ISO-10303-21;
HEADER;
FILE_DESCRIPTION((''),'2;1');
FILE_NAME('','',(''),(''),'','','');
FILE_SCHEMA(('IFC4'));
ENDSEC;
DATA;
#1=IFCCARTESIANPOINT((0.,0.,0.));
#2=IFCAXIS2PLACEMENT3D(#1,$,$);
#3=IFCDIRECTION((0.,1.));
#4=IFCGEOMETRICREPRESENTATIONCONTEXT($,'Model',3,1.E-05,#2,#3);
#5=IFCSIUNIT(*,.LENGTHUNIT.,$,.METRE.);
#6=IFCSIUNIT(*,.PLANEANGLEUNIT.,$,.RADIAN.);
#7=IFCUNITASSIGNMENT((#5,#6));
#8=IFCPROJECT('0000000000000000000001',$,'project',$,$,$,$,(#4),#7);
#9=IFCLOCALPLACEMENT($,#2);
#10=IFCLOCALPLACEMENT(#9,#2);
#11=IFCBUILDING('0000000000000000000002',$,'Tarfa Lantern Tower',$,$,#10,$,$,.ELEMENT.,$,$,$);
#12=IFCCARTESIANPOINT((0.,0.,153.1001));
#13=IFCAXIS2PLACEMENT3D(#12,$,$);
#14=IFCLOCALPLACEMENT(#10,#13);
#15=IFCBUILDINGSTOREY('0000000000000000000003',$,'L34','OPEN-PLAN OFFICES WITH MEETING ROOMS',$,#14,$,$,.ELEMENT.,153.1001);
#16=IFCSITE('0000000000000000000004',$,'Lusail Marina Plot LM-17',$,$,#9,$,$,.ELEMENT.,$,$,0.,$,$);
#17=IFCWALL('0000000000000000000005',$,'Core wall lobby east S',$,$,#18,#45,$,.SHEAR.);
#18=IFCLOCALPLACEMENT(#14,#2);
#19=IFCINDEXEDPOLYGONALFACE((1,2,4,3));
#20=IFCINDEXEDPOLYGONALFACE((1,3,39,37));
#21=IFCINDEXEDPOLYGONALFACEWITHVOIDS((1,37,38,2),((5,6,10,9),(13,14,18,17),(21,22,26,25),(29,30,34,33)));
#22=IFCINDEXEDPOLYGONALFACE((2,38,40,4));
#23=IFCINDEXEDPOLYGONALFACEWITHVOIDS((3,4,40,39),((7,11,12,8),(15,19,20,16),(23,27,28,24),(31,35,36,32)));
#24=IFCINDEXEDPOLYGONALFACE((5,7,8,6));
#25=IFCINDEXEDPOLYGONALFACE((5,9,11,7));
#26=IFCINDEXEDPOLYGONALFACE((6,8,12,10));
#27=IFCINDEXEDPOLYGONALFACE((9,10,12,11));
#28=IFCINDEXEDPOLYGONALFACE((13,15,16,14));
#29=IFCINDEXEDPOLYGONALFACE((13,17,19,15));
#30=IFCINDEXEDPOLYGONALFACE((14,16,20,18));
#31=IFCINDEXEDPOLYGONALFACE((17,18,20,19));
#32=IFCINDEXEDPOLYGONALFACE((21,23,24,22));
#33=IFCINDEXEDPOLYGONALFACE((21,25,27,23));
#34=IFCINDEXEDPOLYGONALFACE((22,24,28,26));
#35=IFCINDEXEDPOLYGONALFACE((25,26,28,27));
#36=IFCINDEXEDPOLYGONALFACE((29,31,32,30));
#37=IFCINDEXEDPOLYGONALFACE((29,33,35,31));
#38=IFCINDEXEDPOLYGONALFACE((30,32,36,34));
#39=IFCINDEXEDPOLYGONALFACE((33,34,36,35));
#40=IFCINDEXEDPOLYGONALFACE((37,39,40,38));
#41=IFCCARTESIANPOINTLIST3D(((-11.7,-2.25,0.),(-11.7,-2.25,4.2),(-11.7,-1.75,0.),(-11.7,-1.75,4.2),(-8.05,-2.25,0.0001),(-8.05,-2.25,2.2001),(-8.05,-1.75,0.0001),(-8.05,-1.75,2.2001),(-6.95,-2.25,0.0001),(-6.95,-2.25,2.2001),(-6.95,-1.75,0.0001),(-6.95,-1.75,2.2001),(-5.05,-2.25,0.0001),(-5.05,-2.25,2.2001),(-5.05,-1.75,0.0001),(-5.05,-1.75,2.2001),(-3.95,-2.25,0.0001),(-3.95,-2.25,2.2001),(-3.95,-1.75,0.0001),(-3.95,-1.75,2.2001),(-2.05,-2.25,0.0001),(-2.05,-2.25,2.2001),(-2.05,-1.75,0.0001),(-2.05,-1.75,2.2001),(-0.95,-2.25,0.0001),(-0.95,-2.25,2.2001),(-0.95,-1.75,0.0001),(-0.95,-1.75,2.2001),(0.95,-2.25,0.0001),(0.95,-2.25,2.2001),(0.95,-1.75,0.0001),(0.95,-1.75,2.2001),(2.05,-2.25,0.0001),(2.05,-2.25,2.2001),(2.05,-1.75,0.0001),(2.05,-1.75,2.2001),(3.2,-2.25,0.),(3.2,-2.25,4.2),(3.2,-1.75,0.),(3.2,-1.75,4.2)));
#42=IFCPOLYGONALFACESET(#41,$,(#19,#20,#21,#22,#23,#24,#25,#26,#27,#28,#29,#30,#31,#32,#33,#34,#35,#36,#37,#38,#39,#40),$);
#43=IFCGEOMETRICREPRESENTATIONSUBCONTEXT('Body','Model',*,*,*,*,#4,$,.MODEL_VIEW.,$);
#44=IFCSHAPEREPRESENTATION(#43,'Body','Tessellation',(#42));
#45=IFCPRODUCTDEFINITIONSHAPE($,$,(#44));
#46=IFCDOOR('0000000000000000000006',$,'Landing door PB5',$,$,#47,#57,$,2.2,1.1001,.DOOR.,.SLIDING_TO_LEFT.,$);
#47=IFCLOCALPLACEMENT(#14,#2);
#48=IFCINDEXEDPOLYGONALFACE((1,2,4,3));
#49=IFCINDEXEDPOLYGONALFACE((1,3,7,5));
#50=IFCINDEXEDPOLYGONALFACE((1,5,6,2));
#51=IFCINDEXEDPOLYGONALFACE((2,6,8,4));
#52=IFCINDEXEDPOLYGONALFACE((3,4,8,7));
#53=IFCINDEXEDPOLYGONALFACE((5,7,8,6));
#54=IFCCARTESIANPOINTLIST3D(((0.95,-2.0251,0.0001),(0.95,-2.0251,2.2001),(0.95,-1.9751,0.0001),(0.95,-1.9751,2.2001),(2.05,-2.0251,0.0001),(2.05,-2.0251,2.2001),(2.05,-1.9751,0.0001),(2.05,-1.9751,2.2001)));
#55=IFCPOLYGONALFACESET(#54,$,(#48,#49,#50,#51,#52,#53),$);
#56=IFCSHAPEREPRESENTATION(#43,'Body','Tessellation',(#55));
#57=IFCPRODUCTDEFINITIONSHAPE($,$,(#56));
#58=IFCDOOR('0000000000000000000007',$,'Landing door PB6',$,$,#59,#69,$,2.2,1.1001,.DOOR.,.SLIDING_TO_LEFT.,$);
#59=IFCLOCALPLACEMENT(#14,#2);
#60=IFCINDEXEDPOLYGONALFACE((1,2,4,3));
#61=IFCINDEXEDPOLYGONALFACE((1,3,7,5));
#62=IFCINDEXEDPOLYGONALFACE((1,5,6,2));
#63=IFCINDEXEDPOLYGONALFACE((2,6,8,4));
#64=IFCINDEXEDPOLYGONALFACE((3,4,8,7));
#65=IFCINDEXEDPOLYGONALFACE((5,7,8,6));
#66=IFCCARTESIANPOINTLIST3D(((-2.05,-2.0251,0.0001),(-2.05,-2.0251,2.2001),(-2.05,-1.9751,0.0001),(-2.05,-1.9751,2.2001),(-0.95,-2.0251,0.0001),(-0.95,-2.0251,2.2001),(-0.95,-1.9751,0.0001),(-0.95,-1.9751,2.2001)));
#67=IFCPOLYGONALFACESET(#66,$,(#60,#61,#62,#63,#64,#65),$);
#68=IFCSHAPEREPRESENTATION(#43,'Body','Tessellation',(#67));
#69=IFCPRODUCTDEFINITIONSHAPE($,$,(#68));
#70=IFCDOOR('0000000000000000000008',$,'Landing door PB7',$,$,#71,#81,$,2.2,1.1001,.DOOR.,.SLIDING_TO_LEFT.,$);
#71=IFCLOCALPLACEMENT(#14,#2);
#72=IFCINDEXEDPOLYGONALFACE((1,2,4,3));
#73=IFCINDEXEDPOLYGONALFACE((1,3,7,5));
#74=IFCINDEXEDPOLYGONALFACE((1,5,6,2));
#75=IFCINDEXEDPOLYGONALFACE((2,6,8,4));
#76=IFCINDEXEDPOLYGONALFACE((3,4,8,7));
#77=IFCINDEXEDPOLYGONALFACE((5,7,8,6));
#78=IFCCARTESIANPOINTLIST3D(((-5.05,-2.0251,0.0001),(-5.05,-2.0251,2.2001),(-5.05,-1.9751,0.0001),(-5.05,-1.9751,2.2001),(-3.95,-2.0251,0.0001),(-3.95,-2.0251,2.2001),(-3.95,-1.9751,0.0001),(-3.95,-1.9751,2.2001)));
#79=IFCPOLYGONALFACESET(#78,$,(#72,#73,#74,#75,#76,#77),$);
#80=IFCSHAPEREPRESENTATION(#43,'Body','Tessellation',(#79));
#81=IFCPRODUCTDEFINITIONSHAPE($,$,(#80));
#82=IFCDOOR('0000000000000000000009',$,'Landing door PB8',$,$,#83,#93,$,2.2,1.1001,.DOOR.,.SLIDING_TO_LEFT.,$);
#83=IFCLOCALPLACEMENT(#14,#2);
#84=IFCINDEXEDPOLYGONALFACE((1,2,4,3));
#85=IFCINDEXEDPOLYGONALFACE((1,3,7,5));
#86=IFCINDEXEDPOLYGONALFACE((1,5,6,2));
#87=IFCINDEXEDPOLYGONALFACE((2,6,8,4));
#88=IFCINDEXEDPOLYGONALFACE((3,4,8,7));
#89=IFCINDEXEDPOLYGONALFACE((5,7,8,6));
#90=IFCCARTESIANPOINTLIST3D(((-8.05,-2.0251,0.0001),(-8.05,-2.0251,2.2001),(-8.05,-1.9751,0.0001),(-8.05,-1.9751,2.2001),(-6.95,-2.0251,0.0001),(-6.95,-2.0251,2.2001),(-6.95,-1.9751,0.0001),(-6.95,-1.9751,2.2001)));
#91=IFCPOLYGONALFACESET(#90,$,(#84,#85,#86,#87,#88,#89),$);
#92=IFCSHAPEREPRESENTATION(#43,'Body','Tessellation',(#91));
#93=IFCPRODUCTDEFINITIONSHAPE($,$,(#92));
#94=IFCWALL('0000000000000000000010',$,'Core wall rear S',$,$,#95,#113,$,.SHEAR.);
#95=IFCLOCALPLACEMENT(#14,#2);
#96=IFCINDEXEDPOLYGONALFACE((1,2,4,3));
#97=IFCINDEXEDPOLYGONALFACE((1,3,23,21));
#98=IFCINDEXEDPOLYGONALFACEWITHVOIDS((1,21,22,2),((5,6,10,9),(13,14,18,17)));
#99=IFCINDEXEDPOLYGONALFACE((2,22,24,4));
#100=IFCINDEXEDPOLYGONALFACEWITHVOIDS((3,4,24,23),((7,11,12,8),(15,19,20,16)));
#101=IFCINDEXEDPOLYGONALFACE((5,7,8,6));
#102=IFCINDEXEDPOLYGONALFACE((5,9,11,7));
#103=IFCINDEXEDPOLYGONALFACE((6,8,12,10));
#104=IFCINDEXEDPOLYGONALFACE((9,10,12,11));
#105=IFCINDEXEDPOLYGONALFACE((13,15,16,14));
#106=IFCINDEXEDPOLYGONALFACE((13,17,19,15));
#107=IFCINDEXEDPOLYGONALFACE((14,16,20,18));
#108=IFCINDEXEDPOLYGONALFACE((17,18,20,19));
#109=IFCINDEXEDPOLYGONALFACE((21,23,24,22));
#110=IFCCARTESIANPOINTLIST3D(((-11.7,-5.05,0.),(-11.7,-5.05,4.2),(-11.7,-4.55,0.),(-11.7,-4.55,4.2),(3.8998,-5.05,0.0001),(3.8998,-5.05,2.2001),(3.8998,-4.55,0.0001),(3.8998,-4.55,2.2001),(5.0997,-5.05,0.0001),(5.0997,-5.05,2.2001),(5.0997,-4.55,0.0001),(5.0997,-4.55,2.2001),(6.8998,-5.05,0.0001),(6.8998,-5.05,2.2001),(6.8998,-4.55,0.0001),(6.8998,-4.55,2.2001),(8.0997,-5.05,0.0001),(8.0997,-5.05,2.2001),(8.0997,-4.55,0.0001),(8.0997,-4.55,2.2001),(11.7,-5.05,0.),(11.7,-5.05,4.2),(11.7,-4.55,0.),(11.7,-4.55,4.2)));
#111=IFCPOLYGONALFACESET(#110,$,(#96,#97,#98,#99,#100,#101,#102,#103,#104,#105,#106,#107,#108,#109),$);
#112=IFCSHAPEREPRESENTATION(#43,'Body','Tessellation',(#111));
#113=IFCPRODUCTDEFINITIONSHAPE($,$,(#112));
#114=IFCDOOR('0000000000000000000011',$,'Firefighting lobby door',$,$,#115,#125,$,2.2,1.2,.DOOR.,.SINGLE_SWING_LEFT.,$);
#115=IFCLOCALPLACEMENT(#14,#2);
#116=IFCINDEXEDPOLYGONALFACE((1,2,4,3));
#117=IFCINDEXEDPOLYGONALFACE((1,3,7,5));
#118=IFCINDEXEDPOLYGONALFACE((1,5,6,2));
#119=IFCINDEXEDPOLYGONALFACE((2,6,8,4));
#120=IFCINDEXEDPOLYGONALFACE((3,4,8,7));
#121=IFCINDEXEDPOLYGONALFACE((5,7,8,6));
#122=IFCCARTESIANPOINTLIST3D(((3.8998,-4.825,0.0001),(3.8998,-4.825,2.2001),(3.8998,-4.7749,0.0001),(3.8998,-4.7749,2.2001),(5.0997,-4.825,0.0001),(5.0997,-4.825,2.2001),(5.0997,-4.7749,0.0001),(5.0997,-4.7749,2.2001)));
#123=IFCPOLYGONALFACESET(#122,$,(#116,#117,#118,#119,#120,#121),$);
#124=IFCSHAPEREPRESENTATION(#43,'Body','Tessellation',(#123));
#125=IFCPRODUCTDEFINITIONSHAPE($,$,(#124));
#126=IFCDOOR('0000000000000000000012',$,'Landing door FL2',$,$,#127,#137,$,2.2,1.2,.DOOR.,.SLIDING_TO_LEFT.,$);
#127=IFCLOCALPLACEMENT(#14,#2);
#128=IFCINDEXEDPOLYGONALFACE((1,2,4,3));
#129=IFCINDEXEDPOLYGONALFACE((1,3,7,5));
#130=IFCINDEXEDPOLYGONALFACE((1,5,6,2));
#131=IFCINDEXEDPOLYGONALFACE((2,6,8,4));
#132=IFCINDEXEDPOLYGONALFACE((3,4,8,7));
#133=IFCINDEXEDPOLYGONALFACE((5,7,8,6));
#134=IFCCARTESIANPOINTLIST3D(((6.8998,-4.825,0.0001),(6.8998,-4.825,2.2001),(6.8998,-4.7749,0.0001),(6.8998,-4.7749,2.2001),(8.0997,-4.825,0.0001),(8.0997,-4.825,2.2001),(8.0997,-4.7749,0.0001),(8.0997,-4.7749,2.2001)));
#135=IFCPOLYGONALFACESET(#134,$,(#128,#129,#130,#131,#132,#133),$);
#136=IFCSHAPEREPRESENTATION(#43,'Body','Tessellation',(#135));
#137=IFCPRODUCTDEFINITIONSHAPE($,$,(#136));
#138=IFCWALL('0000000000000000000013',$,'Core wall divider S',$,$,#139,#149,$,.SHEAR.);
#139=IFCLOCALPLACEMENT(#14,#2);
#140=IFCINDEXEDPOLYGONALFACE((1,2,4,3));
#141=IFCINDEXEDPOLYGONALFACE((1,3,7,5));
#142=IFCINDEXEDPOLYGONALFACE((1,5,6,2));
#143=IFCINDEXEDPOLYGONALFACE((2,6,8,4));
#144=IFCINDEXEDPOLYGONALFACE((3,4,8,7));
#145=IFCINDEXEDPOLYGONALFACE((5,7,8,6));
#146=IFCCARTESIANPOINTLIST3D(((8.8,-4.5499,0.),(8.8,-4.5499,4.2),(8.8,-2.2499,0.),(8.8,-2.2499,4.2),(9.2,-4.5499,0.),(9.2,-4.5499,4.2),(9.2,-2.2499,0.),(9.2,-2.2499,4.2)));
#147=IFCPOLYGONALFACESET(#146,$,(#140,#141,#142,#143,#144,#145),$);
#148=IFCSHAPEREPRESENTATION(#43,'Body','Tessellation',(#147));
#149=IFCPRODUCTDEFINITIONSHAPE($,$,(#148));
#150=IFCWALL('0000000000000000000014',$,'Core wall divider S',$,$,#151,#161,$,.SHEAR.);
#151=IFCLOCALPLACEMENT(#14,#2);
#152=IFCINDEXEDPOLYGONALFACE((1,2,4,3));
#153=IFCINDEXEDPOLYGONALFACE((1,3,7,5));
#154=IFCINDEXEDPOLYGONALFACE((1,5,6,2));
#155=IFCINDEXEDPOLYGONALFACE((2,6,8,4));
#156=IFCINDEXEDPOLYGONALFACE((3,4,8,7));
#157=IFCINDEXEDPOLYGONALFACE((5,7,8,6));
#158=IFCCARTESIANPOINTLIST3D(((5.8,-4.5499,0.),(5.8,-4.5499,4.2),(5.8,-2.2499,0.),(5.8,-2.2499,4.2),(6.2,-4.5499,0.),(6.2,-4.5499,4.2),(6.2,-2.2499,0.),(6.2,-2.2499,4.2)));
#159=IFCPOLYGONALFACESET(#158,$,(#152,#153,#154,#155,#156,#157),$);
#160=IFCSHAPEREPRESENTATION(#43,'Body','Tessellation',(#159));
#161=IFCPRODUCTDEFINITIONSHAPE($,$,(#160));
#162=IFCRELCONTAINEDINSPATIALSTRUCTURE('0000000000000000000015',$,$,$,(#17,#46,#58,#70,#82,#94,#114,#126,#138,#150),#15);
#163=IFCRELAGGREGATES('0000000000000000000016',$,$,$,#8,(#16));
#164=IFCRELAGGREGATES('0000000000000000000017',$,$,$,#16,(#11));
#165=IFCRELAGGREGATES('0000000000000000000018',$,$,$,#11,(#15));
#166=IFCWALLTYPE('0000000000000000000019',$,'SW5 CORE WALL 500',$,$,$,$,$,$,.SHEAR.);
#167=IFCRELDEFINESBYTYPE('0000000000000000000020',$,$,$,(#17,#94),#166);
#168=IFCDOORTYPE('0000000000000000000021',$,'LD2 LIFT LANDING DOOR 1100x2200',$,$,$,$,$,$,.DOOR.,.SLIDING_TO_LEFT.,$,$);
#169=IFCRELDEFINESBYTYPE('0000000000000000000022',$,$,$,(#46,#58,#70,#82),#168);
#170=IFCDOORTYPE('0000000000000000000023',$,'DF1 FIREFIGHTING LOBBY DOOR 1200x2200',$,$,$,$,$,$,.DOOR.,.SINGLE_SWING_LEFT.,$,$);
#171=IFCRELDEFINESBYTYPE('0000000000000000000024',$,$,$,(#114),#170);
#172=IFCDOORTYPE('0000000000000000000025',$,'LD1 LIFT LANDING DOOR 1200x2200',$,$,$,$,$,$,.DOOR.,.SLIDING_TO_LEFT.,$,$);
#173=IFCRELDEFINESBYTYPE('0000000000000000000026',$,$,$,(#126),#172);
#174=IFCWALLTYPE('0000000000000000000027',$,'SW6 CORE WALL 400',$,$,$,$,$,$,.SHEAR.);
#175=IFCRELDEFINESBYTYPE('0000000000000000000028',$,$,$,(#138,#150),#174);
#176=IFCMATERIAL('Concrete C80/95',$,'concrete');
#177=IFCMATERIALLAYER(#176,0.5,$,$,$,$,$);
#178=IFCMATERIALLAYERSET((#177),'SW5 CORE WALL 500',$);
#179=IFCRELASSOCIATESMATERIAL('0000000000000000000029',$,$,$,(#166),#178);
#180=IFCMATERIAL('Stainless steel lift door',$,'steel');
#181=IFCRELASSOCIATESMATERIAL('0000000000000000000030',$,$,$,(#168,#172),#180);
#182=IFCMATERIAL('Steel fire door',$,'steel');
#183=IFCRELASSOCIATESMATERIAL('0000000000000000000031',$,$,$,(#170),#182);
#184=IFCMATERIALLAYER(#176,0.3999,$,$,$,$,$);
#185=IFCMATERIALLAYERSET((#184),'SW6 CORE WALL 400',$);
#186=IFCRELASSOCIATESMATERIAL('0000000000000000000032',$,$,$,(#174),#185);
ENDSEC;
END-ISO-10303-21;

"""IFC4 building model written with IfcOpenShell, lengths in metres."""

from ifc_helpers import new_model, si_unit, direction, frame, frame_2d, origin, place, context, subcontext, project, spatial, rectangle, extrude, material, layer, layer_set, type_object, element, fill, save


model = new_model("IFC4")

# Units and contexts
model_context = context("Model", 3, precision=1e-05, world=origin(), true_north=direction((0.0, 1.0)))
body_context = subcontext(model_context, "Body", "Model", "MODEL_VIEW")
ifc_project = project(units=[si_unit("LENGTHUNIT", "METRE"), si_unit("PLANEANGLEUNIT", "RADIAN")], contexts=[model_context])

# Site, building, storey
site_placement = place(None, origin())
site = spatial("IfcSite", under=ifc_project, at=site_placement, Name="Lusail Marina Plot LM-17", CompositionType="ELEMENT", RefElevation=0.0)
building_placement = place(site_placement, origin())
building = spatial("IfcBuilding", under=site, at=building_placement, Name="Tarfa Lantern Tower", CompositionType="ELEMENT")
storey_placement = place(building_placement, frame((0.0, 0.0, 153.1001)))
storey = spatial("IfcBuildingStorey", under=building, at=storey_placement, Name="L34", Description="OPEN-PLAN OFFICES WITH MEETING ROOMS", CompositionType="ELEMENT", Elevation=153.1001)

# Shared definitions
ifc_material_1 = material(Name="Concrete C80/95", Category="concrete")

# Shared definitions
ifc_material_2 = material(Name="Steel fire door", Category="steel")

# Shared definitions
ifc_layer_1 = layer(ifc_material_1, 0.5)
ifc_layer_set_1 = layer_set([ifc_layer_1], Name="SW5 CORE WALL 500")
wall_type_1 = type_object("IfcWallType", Name="SW5 CORE WALL 500", PredefinedType="SHEAR", material=ifc_layer_set_1)

# Walls, openings, doors
wall_1_placement = place(storey_placement, frame((3.2, -2.0, 0.0), z_axis=(0.0, 0.0, 1.0), x_axis=(-1.0, 0.0, 0.0)))
wall_1 = element("IfcWall", 1, at=wall_1_placement, inside=storey, type_object=wall_type_1, Name="Core wall lobby east S", PredefinedType="SHEAR", context=body_context, shape_type="SweptSolid", body=[
    extrude(rectangle(XDim=14.8999, YDim=0.5, at=frame_2d((7.45, 0.0))), origin(), (0.0, 0.0, 1.0), 4.2),
])
opening_1_placement = place(wall_1_placement, frame((1.1499, 0.0, 0.0)))
opening_1 = element("IfcOpeningElement", 2, at=opening_1_placement, cuts=wall_1, PredefinedType="OPENING", context=body_context, shape_type="SweptSolid", body=[
    extrude(rectangle(XDim=1.1001, YDim=2.2, at=frame_2d((0.55, 1.1001))), frame((0.0, 0.26, 0.0), z_axis=(0.0, -1.0, 0.0), x_axis=(1.0, 0.0, 0.0)), (0.0, 0.0, 1.0), 0.52),
])
opening_2_placement = place(wall_1_placement, frame((4.1499, 0.0, 0.0)))
opening_2 = element("IfcOpeningElement", 3, at=opening_2_placement, cuts=wall_1, PredefinedType="OPENING", context=body_context, shape_type="SweptSolid", body=[
    extrude(rectangle(XDim=1.1001, YDim=2.2, at=frame_2d((0.55, 1.1001))), frame((0.0, 0.26, 0.0), z_axis=(0.0, -1.0, 0.0), x_axis=(1.0, 0.0, 0.0)), (0.0, 0.0, 1.0), 0.52),
])
opening_3_placement = place(wall_1_placement, frame((7.1499, 0.0, 0.0)))
opening_3 = element("IfcOpeningElement", 4, at=opening_3_placement, cuts=wall_1, PredefinedType="OPENING", context=body_context, shape_type="SweptSolid", body=[
    extrude(rectangle(XDim=1.1001, YDim=2.2, at=frame_2d((0.55, 1.1001))), frame((0.0, 0.26, 0.0), z_axis=(0.0, -1.0, 0.0), x_axis=(1.0, 0.0, 0.0)), (0.0, 0.0, 1.0), 0.52),
])
opening_4_placement = place(wall_1_placement, frame((10.1499, 0.0, 0.0)))
opening_4 = element("IfcOpeningElement", 5, at=opening_4_placement, cuts=wall_1, PredefinedType="OPENING", context=body_context, shape_type="SweptSolid", body=[
    extrude(rectangle(XDim=1.1001, YDim=2.2, at=frame_2d((0.55, 1.1001))), frame((0.0, 0.26, 0.0), z_axis=(0.0, -1.0, 0.0), x_axis=(1.0, 0.0, 0.0)), (0.0, 0.0, 1.0), 0.52),
])
ifc_material_3 = material(Name="Stainless steel lift door", Category="steel")
door_type_1 = type_object("IfcDoorType", Name="LD2 LIFT LANDING DOOR 1100x2200", OperationType="SLIDING_TO_LEFT", PredefinedType="DOOR", material=ifc_material_3)
door_1_placement = place(opening_1_placement, frame((1.1001, 0.0, 0.0), z_axis=(0.0, 0.0, 1.0), x_axis=(-1.0, 0.0, 0.0)))
door_1 = element("IfcDoor", 6, at=door_1_placement, inside=storey, type_object=door_type_1, Name="Landing door PB5", OperationType="SLIDING_TO_LEFT", OverallHeight=2.2, OverallWidth=1.1001, PredefinedType="DOOR", context=body_context, shape_type="SweptSolid", body=[
    extrude(rectangle(XDim=1.1001, YDim=2.2, at=frame_2d((0.55, 1.1001))), frame((0.0, 0.0249, 0.0), z_axis=(0.0, -1.0, 0.0), x_axis=(1.0, 0.0, 0.0)), (0.0, 0.0, 1.0), 0.05),
])
fill(opening_1, door_1)
door_2_placement = place(opening_2_placement, frame((1.1001, 0.0, 0.0), z_axis=(0.0, 0.0, 1.0), x_axis=(-1.0, 0.0, 0.0)))
door_2 = element("IfcDoor", 7, at=door_2_placement, inside=storey, type_object=door_type_1, Name="Landing door PB6", OperationType="SLIDING_TO_LEFT", OverallHeight=2.2, OverallWidth=1.1001, PredefinedType="DOOR", context=body_context, shape_type="SweptSolid", body=[
    extrude(rectangle(XDim=1.1001, YDim=2.2, at=frame_2d((0.55, 1.1001))), frame((0.0, 0.0249, 0.0), z_axis=(0.0, -1.0, 0.0), x_axis=(1.0, 0.0, 0.0)), (0.0, 0.0, 1.0), 0.05),
])
fill(opening_2, door_2)
door_3_placement = place(opening_3_placement, frame((1.1001, 0.0, 0.0), z_axis=(0.0, 0.0, 1.0), x_axis=(-1.0, 0.0, 0.0)))
door_3 = element("IfcDoor", 8, at=door_3_placement, inside=storey, type_object=door_type_1, Name="Landing door PB7", OperationType="SLIDING_TO_LEFT", OverallHeight=2.2, OverallWidth=1.1001, PredefinedType="DOOR", context=body_context, shape_type="SweptSolid", body=[
    extrude(rectangle(XDim=1.1001, YDim=2.2, at=frame_2d((0.55, 1.1001))), frame((0.0, 0.0249, 0.0), z_axis=(0.0, -1.0, 0.0), x_axis=(1.0, 0.0, 0.0)), (0.0, 0.0, 1.0), 0.05),
])
fill(opening_3, door_3)
door_4_placement = place(opening_4_placement, frame((1.1001, 0.0, 0.0), z_axis=(0.0, 0.0, 1.0), x_axis=(-1.0, 0.0, 0.0)))
door_4 = element("IfcDoor", 9, at=door_4_placement, inside=storey, type_object=door_type_1, Name="Landing door PB8", OperationType="SLIDING_TO_LEFT", OverallHeight=2.2, OverallWidth=1.1001, PredefinedType="DOOR", context=body_context, shape_type="SweptSolid", body=[
    extrude(rectangle(XDim=1.1001, YDim=2.2, at=frame_2d((0.55, 1.1001))), frame((0.0, 0.0249, 0.0), z_axis=(0.0, -1.0, 0.0), x_axis=(1.0, 0.0, 0.0)), (0.0, 0.0, 1.0), 0.05),
])
fill(opening_4, door_4)
wall_2_placement = place(storey_placement, frame((11.7, -4.8, 0.0), z_axis=(0.0, 0.0, 1.0), x_axis=(-1.0, 0.0, 0.0)))
wall_2 = element("IfcWall", 10, at=wall_2_placement, inside=storey, type_object=wall_type_1, Name="Core wall rear S", PredefinedType="SHEAR", context=body_context, shape_type="SweptSolid", body=[
    extrude(rectangle(XDim=23.3999, YDim=0.5, at=frame_2d((11.7, 0.0))), origin(), (0.0, 0.0, 1.0), 4.2),
])
opening_5_placement = place(wall_2_placement, frame((6.6001, 0.0, 0.0)))
opening_5 = element("IfcOpeningElement", 11, at=opening_5_placement, cuts=wall_2, PredefinedType="OPENING", context=body_context, shape_type="SweptSolid", body=[
    extrude(rectangle(XDim=1.2, YDim=2.2, at=frame_2d((0.6001, 1.1001))), frame((0.0, 0.26, 0.0), z_axis=(0.0, -1.0, 0.0), x_axis=(1.0, 0.0, 0.0)), (0.0, 0.0, 1.0), 0.52),
])
opening_6_placement = place(wall_2_placement, frame((3.6001, 0.0, 0.0)))
opening_6 = element("IfcOpeningElement", 12, at=opening_6_placement, cuts=wall_2, PredefinedType="OPENING", context=body_context, shape_type="SweptSolid", body=[
    extrude(rectangle(XDim=1.2, YDim=2.2, at=frame_2d((0.6001, 1.1001))), frame((0.0, 0.26, 0.0), z_axis=(0.0, -1.0, 0.0), x_axis=(1.0, 0.0, 0.0)), (0.0, 0.0, 1.0), 0.52),
])
door_type_2 = type_object("IfcDoorType", Name="DF1 FIREFIGHTING LOBBY DOOR 1200x2200", OperationType="SINGLE_SWING_LEFT", PredefinedType="DOOR", material=ifc_material_2)
door_5_placement = place(opening_5_placement, origin())
door_5 = element("IfcDoor", 13, at=door_5_placement, inside=storey, type_object=door_type_2, Name="Firefighting lobby door", OperationType="SINGLE_SWING_LEFT", OverallHeight=2.2, OverallWidth=1.2, PredefinedType="DOOR", context=body_context, shape_type="SweptSolid", body=[
    extrude(rectangle(XDim=1.2, YDim=2.2, at=frame_2d((0.6001, 1.1001))), frame((0.0, 0.0249, 0.0), z_axis=(0.0, -1.0, 0.0), x_axis=(1.0, 0.0, 0.0)), (0.0, 0.0, 1.0), 0.05),
])
fill(opening_5, door_5)
door_type_3 = type_object("IfcDoorType", Name="LD1 LIFT LANDING DOOR 1200x2200", OperationType="SLIDING_TO_LEFT", PredefinedType="DOOR", material=ifc_material_3)
door_6_placement = place(opening_6_placement, origin())
door_6 = element("IfcDoor", 14, at=door_6_placement, inside=storey, type_object=door_type_3, Name="Landing door FL2", OperationType="SLIDING_TO_LEFT", OverallHeight=2.2, OverallWidth=1.2, PredefinedType="DOOR", context=body_context, shape_type="SweptSolid", body=[
    extrude(rectangle(XDim=1.2, YDim=2.2, at=frame_2d((0.6001, 1.1001))), frame((0.0, 0.0249, 0.0), z_axis=(0.0, -1.0, 0.0), x_axis=(1.0, 0.0, 0.0)), (0.0, 0.0, 1.0), 0.05),
])
fill(opening_6, door_6)

# Walls
ifc_layer_2 = layer(ifc_material_1, 0.3999)
ifc_layer_set_2 = layer_set([ifc_layer_2], Name="SW6 CORE WALL 400")
wall_type_2 = type_object("IfcWallType", Name="SW6 CORE WALL 400", PredefinedType="SHEAR", material=ifc_layer_set_2)
for number, where, z_axis, x_axis, name in (
    (15, (9.0, -2.25, 0.0), (0.0, 0.0, 1.0), (0.0, -1.0, 0.0), "Core wall divider S"),
    (16, (6.0, -2.25, 0.0), (0.0, 0.0, 1.0), (0.0, -1.0, 0.0), "Core wall divider S"),
):
    element("IfcWall", number, at=place(storey_placement, frame(where, z_axis=z_axis, x_axis=x_axis)), inside=storey, type_object=wall_type_2, Name=name, PredefinedType="SHEAR", context=body_context, shape_type="SweptSolid", body=[
        extrude(rectangle(XDim=2.3, YDim=0.3999, at=frame_2d((1.1499, 0.0))), origin(), (0.0, 0.0, 1.0), 4.2),
    ])

save(model, "model.ifc")
